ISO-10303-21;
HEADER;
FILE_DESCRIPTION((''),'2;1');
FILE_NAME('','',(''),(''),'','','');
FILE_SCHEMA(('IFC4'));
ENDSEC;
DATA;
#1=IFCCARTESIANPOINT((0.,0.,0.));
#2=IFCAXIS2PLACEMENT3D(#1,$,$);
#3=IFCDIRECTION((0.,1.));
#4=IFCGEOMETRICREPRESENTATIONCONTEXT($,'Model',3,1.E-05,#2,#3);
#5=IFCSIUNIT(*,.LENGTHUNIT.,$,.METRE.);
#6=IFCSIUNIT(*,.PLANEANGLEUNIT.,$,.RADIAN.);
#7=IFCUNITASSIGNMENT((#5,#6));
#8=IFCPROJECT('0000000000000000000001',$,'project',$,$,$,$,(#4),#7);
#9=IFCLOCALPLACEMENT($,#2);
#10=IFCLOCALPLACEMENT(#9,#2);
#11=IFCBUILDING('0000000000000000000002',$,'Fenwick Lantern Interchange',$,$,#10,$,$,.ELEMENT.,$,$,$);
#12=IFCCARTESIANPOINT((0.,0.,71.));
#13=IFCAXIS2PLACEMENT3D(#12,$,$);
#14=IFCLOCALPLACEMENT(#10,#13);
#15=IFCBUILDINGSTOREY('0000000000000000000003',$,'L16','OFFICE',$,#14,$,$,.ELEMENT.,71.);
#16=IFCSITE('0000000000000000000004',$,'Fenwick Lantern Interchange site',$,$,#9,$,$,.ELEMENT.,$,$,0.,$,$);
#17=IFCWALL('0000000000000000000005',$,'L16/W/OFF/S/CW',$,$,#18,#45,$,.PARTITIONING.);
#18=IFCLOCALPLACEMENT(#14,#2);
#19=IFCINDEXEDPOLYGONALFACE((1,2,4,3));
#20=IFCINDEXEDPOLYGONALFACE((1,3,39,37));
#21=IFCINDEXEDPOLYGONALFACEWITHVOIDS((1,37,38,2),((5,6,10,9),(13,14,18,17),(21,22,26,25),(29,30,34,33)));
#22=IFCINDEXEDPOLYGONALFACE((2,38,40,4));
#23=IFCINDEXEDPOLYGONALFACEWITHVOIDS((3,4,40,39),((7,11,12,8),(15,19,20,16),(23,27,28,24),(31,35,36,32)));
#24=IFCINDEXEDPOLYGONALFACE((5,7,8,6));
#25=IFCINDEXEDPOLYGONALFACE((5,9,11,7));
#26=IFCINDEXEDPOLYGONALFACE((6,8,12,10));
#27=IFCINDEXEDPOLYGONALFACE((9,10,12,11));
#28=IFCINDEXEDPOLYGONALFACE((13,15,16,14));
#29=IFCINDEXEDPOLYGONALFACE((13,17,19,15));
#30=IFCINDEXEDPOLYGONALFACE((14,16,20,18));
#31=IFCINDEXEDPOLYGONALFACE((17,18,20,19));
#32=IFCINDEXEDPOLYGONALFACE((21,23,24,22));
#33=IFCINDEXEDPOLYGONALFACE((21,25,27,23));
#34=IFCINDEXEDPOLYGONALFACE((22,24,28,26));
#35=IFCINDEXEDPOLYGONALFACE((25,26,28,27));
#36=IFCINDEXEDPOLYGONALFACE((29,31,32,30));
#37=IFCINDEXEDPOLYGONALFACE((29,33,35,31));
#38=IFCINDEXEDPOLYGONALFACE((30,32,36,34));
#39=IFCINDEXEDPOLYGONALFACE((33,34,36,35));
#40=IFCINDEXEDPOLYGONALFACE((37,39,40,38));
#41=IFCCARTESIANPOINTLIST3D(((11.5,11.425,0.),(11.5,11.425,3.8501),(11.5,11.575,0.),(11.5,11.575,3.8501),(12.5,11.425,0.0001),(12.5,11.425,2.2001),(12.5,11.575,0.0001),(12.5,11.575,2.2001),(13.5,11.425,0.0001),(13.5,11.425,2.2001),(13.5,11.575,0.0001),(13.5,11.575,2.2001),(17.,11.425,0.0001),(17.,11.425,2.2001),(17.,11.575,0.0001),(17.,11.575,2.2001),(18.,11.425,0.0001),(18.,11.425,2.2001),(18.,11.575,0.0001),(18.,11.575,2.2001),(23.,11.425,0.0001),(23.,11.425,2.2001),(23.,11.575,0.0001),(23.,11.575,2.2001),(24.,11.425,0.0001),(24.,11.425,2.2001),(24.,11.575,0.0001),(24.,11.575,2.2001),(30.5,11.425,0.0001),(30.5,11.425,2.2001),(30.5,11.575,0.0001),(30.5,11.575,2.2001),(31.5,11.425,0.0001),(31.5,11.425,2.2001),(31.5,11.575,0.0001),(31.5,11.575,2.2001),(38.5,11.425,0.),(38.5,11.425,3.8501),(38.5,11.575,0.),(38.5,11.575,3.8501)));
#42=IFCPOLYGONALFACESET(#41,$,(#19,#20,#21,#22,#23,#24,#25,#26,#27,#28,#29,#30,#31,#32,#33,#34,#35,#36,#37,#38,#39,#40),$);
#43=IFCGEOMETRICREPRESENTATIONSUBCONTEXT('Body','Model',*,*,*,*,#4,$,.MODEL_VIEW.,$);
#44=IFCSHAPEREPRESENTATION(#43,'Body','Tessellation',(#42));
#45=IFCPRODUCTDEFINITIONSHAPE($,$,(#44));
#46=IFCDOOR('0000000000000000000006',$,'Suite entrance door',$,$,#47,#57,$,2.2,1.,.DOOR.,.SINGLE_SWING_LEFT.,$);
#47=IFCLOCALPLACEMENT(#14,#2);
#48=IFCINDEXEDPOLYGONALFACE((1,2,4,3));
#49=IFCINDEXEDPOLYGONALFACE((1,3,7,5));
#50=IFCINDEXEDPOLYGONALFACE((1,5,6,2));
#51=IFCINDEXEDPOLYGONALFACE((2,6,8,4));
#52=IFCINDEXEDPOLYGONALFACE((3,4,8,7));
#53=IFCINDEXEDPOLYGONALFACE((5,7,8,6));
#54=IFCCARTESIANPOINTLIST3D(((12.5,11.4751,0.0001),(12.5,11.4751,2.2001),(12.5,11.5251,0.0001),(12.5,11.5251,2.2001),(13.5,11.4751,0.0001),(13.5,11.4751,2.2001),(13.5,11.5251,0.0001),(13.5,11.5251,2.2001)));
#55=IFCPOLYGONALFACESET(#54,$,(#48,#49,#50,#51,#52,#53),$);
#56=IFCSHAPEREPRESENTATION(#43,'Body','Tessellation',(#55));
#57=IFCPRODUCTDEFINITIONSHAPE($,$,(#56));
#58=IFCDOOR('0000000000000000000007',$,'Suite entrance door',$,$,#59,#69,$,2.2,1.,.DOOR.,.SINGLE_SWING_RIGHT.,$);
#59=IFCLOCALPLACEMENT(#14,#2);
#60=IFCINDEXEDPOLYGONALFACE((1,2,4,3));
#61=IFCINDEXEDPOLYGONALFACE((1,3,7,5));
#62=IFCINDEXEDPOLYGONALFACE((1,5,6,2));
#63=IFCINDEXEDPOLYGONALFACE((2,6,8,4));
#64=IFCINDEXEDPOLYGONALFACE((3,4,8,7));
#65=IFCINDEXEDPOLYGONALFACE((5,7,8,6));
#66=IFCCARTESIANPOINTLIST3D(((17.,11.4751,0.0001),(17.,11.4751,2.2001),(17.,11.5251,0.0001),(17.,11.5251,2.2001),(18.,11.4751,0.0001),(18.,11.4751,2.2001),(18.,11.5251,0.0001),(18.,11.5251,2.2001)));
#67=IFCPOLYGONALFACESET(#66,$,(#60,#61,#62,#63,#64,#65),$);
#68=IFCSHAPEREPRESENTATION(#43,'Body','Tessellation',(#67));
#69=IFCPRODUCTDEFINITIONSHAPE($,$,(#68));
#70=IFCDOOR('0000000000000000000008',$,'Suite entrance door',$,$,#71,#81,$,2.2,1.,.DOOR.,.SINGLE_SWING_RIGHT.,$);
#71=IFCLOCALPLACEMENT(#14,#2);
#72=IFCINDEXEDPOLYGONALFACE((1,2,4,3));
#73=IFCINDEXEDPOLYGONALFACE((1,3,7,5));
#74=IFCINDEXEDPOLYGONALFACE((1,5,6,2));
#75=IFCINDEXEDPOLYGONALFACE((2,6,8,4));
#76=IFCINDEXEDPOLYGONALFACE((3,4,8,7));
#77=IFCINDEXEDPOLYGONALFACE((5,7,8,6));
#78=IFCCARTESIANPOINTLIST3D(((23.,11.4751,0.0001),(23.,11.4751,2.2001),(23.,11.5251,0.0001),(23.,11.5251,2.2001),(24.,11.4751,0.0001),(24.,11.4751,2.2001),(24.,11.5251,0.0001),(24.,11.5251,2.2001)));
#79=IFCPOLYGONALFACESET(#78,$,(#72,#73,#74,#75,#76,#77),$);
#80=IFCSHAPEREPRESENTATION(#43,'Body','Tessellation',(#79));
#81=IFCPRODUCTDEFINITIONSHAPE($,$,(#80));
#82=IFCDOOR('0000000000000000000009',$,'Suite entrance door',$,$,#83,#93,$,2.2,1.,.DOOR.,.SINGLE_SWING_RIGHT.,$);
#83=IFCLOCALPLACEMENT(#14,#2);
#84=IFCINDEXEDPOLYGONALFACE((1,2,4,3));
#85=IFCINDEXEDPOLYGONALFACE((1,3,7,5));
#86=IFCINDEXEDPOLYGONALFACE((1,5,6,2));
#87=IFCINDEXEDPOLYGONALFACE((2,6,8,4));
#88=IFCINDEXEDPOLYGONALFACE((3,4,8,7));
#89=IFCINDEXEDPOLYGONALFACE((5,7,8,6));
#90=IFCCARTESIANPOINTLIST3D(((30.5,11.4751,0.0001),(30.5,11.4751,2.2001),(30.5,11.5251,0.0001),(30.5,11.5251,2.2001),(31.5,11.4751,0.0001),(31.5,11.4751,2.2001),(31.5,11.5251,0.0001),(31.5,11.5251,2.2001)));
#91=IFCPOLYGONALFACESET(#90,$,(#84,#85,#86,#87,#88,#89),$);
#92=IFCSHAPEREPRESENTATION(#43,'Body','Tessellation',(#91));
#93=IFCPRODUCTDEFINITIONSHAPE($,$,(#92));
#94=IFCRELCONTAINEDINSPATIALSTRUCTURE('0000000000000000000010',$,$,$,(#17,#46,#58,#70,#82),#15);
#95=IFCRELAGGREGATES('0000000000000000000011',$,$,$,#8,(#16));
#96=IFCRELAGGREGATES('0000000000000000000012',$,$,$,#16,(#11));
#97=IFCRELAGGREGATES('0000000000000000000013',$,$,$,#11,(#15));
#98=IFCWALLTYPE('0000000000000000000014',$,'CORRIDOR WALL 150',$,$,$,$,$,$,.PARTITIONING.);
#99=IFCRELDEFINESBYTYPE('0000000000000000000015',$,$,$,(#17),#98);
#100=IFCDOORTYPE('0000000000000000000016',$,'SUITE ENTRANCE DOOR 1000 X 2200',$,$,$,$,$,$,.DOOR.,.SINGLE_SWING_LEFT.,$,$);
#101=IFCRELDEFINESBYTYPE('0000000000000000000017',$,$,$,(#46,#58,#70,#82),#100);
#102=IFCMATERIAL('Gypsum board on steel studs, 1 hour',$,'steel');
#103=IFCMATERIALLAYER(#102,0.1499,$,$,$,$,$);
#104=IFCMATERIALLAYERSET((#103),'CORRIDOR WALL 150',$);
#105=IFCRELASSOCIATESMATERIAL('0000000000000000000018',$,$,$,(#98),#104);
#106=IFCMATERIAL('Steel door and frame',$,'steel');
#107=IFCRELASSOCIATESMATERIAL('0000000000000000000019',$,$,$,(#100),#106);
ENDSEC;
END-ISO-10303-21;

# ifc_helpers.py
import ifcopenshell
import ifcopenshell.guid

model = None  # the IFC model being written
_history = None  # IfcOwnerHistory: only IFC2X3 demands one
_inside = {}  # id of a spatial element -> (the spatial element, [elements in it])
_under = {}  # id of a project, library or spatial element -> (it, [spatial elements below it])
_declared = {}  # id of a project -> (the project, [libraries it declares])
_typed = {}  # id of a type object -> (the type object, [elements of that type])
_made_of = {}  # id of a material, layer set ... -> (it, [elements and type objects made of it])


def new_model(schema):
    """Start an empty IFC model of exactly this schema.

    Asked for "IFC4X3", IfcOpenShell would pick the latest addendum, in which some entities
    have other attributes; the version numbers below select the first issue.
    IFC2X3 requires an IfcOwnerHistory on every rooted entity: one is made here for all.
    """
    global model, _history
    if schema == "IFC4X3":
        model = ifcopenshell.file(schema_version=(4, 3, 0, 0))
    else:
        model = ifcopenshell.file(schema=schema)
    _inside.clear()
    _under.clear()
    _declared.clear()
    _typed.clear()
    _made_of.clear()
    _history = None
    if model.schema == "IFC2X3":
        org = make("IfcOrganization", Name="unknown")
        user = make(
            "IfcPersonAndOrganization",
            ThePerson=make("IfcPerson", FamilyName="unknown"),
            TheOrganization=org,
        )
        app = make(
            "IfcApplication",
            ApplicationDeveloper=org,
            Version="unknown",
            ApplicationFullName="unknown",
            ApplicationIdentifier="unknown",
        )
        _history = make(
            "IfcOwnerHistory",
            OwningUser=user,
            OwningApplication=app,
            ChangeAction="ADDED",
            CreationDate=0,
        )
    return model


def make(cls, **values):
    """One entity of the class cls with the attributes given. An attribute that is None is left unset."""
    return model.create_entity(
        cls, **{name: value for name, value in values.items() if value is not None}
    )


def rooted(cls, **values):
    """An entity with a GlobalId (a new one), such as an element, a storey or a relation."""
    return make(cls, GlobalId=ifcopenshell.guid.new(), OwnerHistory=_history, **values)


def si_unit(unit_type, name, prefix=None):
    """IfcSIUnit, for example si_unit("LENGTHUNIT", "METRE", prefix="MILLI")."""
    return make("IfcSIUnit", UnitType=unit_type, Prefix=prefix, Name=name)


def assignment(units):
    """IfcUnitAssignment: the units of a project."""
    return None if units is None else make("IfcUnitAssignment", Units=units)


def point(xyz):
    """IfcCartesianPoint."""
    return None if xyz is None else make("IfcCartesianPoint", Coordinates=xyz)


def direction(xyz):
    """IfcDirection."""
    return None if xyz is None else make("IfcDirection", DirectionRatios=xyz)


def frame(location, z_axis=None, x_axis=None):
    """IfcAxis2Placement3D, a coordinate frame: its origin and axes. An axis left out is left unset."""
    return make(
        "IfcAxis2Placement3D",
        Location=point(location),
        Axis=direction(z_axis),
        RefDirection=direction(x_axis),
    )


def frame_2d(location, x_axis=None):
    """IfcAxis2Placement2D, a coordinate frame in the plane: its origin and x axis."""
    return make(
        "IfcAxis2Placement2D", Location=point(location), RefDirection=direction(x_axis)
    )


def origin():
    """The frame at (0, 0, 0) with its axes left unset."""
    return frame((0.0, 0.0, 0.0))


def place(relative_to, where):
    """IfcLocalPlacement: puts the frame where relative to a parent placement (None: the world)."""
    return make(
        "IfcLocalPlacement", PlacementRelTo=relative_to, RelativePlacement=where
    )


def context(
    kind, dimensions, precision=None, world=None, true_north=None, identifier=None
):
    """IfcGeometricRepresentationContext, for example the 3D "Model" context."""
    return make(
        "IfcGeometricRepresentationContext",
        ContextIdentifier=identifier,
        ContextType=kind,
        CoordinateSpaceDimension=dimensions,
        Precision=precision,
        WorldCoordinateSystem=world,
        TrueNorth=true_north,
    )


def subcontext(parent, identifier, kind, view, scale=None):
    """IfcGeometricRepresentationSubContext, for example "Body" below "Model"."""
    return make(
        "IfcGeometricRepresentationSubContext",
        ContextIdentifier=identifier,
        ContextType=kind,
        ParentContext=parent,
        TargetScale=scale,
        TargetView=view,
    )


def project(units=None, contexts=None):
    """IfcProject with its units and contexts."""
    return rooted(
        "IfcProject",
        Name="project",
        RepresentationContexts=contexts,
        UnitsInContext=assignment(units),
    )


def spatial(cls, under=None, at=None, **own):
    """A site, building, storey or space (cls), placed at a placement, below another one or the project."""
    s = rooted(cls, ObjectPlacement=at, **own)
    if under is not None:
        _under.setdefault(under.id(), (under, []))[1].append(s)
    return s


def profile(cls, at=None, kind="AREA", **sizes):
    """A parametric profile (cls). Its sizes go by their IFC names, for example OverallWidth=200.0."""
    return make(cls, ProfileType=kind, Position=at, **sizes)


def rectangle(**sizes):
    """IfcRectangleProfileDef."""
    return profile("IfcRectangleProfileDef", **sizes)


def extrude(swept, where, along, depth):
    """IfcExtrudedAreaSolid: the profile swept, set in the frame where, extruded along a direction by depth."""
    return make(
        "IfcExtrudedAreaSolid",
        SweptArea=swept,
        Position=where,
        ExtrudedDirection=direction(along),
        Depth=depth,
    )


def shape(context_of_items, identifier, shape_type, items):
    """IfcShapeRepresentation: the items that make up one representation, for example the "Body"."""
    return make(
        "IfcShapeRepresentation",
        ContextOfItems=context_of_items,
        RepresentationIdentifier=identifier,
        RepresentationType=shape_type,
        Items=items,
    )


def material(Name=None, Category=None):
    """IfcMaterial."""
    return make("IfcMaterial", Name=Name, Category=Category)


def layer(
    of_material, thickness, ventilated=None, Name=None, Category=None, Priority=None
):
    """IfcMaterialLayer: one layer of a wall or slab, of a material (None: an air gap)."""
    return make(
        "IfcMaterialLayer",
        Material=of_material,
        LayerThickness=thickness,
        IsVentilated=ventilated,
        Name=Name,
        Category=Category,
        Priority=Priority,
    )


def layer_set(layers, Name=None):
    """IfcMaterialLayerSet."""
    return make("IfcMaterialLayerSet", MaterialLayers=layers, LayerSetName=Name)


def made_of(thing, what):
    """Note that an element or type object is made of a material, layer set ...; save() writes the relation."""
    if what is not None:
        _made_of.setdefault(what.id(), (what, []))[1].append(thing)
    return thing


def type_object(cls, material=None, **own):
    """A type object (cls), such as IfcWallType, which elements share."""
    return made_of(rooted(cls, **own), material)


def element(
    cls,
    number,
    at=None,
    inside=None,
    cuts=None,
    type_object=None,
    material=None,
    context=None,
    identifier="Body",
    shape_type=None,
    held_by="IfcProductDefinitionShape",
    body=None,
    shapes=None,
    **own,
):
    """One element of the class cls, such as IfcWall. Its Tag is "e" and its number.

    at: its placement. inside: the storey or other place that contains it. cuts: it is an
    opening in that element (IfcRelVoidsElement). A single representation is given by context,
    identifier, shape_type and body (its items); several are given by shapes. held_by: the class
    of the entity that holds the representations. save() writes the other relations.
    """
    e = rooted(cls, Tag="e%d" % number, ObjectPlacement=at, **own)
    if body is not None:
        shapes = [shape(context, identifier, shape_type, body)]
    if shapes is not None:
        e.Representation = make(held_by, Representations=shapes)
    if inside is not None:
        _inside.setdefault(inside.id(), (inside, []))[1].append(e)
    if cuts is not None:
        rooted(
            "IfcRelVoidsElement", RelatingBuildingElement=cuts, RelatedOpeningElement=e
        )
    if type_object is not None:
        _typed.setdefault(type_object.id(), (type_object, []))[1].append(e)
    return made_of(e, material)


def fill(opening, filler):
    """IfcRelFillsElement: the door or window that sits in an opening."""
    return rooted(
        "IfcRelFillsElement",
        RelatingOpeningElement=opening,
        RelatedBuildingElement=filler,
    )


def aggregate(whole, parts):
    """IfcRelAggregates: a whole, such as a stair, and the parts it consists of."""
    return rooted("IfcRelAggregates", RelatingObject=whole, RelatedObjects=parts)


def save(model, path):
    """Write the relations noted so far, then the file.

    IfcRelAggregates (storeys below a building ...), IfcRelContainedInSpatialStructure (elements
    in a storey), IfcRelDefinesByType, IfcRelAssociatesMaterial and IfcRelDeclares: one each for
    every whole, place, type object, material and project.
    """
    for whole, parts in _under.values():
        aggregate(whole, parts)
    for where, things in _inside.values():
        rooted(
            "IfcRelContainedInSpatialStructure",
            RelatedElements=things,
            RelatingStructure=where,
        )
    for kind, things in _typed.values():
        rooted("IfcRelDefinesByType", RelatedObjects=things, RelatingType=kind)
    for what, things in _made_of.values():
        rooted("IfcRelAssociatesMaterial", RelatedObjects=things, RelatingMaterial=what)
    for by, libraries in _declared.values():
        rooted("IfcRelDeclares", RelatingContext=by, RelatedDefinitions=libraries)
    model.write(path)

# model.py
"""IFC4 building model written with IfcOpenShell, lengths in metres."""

from ifc_helpers import new_model, si_unit, direction, frame, frame_2d, origin, place, context, subcontext, project, spatial, rectangle, extrude, material, layer, layer_set, type_object, element, fill, save


model = new_model("IFC4")

# Units and contexts
model_context = context("Model", 3, precision=1e-05, world=origin(), true_north=direction((0.0, 1.0)))
body_context = subcontext(model_context, "Body", "Model", "MODEL_VIEW")
ifc_project = project(units=[si_unit("LENGTHUNIT", "METRE"), si_unit("PLANEANGLEUNIT", "RADIAN")], contexts=[model_context])

# Site, building, storey
site_placement = place(None, origin())
site = spatial("IfcSite", under=ifc_project, at=site_placement, Name="Fenwick Lantern Interchange site", CompositionType="ELEMENT", RefElevation=0.0)
building_placement = place(site_placement, origin())
building = spatial("IfcBuilding", under=site, at=building_placement, Name="Fenwick Lantern Interchange", CompositionType="ELEMENT")
storey_placement = place(building_placement, frame((0.0, 0.0, 71.0)))
storey = spatial("IfcBuildingStorey", under=building, at=storey_placement, Name="L16", Description="OFFICE", CompositionType="ELEMENT", Elevation=71.0)

# Shared definitions
ifc_material_1 = material(Name="Steel door and frame", Category="steel")

# Wall, openings, doors
ifc_material_2 = material(Name="Gypsum board on steel studs, 1 hour", Category="steel")
ifc_layer_1 = layer(ifc_material_2, 0.1499)
ifc_layer_set_1 = layer_set([ifc_layer_1], Name="CORRIDOR WALL 150")
wall_type_1 = type_object("IfcWallType", Name="CORRIDOR WALL 150", PredefinedType="PARTITIONING", material=ifc_layer_set_1)
wall_1_placement = place(storey_placement, frame((11.5, 11.5, 0.0), z_axis=(0.0, 0.0, 1.0), x_axis=(1.0, 0.0, 0.0)))
wall_1 = element("IfcWall", 1, at=wall_1_placement, inside=storey, type_object=wall_type_1, Name="L16/W/OFF/S/CW", PredefinedType="PARTITIONING", context=body_context, shape_type="SweptSolid", body=[
    extrude(rectangle(XDim=27.0, YDim=0.1499, at=frame_2d((13.5, 0.0))), origin(), (0.0, 0.0, 1.0), 3.8501),
])
opening_1_placement = place(wall_1_placement, frame((1.0, 0.0, 0.0)))
opening_1 = element("IfcOpeningElement", 2, at=opening_1_placement, cuts=wall_1, PredefinedType="OPENING", context=body_context, shape_type="SweptSolid", body=[
    extrude(rectangle(XDim=1.0, YDim=2.2, at=frame_2d((0.5, 1.1001))), frame((0.0, 0.085, 0.0), z_axis=(0.0, -1.0, 0.0), x_axis=(1.0, 0.0, 0.0)), (0.0, 0.0, 1.0), 0.1699),
])
opening_2_placement = place(wall_1_placement, frame((5.5, 0.0, 0.0)))
opening_2 = element("IfcOpeningElement", 3, at=opening_2_placement, cuts=wall_1, PredefinedType="OPENING", context=body_context, shape_type="SweptSolid", body=[
    extrude(rectangle(XDim=1.0, YDim=2.2, at=frame_2d((0.5, 1.1001))), frame((0.0, 0.085, 0.0), z_axis=(0.0, -1.0, 0.0), x_axis=(1.0, 0.0, 0.0)), (0.0, 0.0, 1.0), 0.1699),
])
opening_3_placement = place(wall_1_placement, frame((11.5, 0.0, 0.0)))
opening_3 = element("IfcOpeningElement", 4, at=opening_3_placement, cuts=wall_1, PredefinedType="OPENING", context=body_context, shape_type="SweptSolid", body=[
    extrude(rectangle(XDim=1.0, YDim=2.2, at=frame_2d((0.5, 1.1001))), frame((0.0, 0.085, 0.0), z_axis=(0.0, -1.0, 0.0), x_axis=(1.0, 0.0, 0.0)), (0.0, 0.0, 1.0), 0.1699),
])
opening_4_placement = place(wall_1_placement, frame((19.0, 0.0, 0.0)))
opening_4 = element("IfcOpeningElement", 5, at=opening_4_placement, cuts=wall_1, PredefinedType="OPENING", context=body_context, shape_type="SweptSolid", body=[
    extrude(rectangle(XDim=1.0, YDim=2.2, at=frame_2d((0.5, 1.1001))), frame((0.0, 0.085, 0.0), z_axis=(0.0, -1.0, 0.0), x_axis=(1.0, 0.0, 0.0)), (0.0, 0.0, 1.0), 0.1699),
])
door_type_1 = type_object("IfcDoorType", Name="SUITE ENTRANCE DOOR 1000 X 2200", OperationType="SINGLE_SWING_LEFT", PredefinedType="DOOR", material=ifc_material_1)
door_1_placement = place(opening_1_placement, frame((1.0, 0.0, 0.0), z_axis=(0.0, 0.0, 1.0), x_axis=(-1.0, 0.0, 0.0)))
door_1 = element("IfcDoor", 6, at=door_1_placement, inside=storey, type_object=door_type_1, Name="Suite entrance door", OperationType="SINGLE_SWING_LEFT", OverallHeight=2.2, OverallWidth=1.0, PredefinedType="DOOR", context=body_context, shape_type="SweptSolid", body=[
    extrude(rectangle(XDim=1.0, YDim=2.2, at=frame_2d((0.5, 1.1001))), frame((0.0, 0.0249, 0.0), z_axis=(0.0, -1.0, 0.0), x_axis=(1.0, 0.0, 0.0)), (0.0, 0.0, 1.0), 0.05),
])
fill(opening_1, door_1)
door_2_placement = place(opening_2_placement, frame((1.0, 0.0, 0.0), z_axis=(0.0, 0.0, 1.0), x_axis=(-1.0, 0.0, 0.0)))
door_2 = element("IfcDoor", 7, at=door_2_placement, inside=storey, type_object=door_type_1, Name="Suite entrance door", OperationType="SINGLE_SWING_RIGHT", OverallHeight=2.2, OverallWidth=1.0, PredefinedType="DOOR", context=body_context, shape_type="SweptSolid", body=[
    extrude(rectangle(XDim=1.0, YDim=2.2, at=frame_2d((0.5, 1.1001))), frame((0.0, 0.0249, 0.0), z_axis=(0.0, -1.0, 0.0), x_axis=(1.0, 0.0, 0.0)), (0.0, 0.0, 1.0), 0.05),
])
fill(opening_2, door_2)
door_3_placement = place(opening_3_placement, frame((1.0, 0.0, 0.0), z_axis=(0.0, 0.0, 1.0), x_axis=(-1.0, 0.0, 0.0)))
door_3 = element("IfcDoor", 8, at=door_3_placement, inside=storey, type_object=door_type_1, Name="Suite entrance door", OperationType="SINGLE_SWING_RIGHT", OverallHeight=2.2, OverallWidth=1.0, PredefinedType="DOOR", context=body_context, shape_type="SweptSolid", body=[
    extrude(rectangle(XDim=1.0, YDim=2.2, at=frame_2d((0.5, 1.1001))), frame((0.0, 0.0249, 0.0), z_axis=(0.0, -1.0, 0.0), x_axis=(1.0, 0.0, 0.0)), (0.0, 0.0, 1.0), 0.05),
])
fill(opening_3, door_3)
door_4_placement = place(opening_4_placement, frame((1.0, 0.0, 0.0), z_axis=(0.0, 0.0, 1.0), x_axis=(-1.0, 0.0, 0.0)))
door_4 = element("IfcDoor", 9, at=door_4_placement, inside=storey, type_object=door_type_1, Name="Suite entrance door", OperationType="SINGLE_SWING_RIGHT", OverallHeight=2.2, OverallWidth=1.0, PredefinedType="DOOR", context=body_context, shape_type="SweptSolid", body=[
    extrude(rectangle(XDim=1.0, YDim=2.2, at=frame_2d((0.5, 1.1001))), frame((0.0, 0.0249, 0.0), z_axis=(0.0, -1.0, 0.0), x_axis=(1.0, 0.0, 0.0)), (0.0, 0.0, 1.0), 0.05),
])
fill(opening_4, door_4)

save(model, "model.ifc")
